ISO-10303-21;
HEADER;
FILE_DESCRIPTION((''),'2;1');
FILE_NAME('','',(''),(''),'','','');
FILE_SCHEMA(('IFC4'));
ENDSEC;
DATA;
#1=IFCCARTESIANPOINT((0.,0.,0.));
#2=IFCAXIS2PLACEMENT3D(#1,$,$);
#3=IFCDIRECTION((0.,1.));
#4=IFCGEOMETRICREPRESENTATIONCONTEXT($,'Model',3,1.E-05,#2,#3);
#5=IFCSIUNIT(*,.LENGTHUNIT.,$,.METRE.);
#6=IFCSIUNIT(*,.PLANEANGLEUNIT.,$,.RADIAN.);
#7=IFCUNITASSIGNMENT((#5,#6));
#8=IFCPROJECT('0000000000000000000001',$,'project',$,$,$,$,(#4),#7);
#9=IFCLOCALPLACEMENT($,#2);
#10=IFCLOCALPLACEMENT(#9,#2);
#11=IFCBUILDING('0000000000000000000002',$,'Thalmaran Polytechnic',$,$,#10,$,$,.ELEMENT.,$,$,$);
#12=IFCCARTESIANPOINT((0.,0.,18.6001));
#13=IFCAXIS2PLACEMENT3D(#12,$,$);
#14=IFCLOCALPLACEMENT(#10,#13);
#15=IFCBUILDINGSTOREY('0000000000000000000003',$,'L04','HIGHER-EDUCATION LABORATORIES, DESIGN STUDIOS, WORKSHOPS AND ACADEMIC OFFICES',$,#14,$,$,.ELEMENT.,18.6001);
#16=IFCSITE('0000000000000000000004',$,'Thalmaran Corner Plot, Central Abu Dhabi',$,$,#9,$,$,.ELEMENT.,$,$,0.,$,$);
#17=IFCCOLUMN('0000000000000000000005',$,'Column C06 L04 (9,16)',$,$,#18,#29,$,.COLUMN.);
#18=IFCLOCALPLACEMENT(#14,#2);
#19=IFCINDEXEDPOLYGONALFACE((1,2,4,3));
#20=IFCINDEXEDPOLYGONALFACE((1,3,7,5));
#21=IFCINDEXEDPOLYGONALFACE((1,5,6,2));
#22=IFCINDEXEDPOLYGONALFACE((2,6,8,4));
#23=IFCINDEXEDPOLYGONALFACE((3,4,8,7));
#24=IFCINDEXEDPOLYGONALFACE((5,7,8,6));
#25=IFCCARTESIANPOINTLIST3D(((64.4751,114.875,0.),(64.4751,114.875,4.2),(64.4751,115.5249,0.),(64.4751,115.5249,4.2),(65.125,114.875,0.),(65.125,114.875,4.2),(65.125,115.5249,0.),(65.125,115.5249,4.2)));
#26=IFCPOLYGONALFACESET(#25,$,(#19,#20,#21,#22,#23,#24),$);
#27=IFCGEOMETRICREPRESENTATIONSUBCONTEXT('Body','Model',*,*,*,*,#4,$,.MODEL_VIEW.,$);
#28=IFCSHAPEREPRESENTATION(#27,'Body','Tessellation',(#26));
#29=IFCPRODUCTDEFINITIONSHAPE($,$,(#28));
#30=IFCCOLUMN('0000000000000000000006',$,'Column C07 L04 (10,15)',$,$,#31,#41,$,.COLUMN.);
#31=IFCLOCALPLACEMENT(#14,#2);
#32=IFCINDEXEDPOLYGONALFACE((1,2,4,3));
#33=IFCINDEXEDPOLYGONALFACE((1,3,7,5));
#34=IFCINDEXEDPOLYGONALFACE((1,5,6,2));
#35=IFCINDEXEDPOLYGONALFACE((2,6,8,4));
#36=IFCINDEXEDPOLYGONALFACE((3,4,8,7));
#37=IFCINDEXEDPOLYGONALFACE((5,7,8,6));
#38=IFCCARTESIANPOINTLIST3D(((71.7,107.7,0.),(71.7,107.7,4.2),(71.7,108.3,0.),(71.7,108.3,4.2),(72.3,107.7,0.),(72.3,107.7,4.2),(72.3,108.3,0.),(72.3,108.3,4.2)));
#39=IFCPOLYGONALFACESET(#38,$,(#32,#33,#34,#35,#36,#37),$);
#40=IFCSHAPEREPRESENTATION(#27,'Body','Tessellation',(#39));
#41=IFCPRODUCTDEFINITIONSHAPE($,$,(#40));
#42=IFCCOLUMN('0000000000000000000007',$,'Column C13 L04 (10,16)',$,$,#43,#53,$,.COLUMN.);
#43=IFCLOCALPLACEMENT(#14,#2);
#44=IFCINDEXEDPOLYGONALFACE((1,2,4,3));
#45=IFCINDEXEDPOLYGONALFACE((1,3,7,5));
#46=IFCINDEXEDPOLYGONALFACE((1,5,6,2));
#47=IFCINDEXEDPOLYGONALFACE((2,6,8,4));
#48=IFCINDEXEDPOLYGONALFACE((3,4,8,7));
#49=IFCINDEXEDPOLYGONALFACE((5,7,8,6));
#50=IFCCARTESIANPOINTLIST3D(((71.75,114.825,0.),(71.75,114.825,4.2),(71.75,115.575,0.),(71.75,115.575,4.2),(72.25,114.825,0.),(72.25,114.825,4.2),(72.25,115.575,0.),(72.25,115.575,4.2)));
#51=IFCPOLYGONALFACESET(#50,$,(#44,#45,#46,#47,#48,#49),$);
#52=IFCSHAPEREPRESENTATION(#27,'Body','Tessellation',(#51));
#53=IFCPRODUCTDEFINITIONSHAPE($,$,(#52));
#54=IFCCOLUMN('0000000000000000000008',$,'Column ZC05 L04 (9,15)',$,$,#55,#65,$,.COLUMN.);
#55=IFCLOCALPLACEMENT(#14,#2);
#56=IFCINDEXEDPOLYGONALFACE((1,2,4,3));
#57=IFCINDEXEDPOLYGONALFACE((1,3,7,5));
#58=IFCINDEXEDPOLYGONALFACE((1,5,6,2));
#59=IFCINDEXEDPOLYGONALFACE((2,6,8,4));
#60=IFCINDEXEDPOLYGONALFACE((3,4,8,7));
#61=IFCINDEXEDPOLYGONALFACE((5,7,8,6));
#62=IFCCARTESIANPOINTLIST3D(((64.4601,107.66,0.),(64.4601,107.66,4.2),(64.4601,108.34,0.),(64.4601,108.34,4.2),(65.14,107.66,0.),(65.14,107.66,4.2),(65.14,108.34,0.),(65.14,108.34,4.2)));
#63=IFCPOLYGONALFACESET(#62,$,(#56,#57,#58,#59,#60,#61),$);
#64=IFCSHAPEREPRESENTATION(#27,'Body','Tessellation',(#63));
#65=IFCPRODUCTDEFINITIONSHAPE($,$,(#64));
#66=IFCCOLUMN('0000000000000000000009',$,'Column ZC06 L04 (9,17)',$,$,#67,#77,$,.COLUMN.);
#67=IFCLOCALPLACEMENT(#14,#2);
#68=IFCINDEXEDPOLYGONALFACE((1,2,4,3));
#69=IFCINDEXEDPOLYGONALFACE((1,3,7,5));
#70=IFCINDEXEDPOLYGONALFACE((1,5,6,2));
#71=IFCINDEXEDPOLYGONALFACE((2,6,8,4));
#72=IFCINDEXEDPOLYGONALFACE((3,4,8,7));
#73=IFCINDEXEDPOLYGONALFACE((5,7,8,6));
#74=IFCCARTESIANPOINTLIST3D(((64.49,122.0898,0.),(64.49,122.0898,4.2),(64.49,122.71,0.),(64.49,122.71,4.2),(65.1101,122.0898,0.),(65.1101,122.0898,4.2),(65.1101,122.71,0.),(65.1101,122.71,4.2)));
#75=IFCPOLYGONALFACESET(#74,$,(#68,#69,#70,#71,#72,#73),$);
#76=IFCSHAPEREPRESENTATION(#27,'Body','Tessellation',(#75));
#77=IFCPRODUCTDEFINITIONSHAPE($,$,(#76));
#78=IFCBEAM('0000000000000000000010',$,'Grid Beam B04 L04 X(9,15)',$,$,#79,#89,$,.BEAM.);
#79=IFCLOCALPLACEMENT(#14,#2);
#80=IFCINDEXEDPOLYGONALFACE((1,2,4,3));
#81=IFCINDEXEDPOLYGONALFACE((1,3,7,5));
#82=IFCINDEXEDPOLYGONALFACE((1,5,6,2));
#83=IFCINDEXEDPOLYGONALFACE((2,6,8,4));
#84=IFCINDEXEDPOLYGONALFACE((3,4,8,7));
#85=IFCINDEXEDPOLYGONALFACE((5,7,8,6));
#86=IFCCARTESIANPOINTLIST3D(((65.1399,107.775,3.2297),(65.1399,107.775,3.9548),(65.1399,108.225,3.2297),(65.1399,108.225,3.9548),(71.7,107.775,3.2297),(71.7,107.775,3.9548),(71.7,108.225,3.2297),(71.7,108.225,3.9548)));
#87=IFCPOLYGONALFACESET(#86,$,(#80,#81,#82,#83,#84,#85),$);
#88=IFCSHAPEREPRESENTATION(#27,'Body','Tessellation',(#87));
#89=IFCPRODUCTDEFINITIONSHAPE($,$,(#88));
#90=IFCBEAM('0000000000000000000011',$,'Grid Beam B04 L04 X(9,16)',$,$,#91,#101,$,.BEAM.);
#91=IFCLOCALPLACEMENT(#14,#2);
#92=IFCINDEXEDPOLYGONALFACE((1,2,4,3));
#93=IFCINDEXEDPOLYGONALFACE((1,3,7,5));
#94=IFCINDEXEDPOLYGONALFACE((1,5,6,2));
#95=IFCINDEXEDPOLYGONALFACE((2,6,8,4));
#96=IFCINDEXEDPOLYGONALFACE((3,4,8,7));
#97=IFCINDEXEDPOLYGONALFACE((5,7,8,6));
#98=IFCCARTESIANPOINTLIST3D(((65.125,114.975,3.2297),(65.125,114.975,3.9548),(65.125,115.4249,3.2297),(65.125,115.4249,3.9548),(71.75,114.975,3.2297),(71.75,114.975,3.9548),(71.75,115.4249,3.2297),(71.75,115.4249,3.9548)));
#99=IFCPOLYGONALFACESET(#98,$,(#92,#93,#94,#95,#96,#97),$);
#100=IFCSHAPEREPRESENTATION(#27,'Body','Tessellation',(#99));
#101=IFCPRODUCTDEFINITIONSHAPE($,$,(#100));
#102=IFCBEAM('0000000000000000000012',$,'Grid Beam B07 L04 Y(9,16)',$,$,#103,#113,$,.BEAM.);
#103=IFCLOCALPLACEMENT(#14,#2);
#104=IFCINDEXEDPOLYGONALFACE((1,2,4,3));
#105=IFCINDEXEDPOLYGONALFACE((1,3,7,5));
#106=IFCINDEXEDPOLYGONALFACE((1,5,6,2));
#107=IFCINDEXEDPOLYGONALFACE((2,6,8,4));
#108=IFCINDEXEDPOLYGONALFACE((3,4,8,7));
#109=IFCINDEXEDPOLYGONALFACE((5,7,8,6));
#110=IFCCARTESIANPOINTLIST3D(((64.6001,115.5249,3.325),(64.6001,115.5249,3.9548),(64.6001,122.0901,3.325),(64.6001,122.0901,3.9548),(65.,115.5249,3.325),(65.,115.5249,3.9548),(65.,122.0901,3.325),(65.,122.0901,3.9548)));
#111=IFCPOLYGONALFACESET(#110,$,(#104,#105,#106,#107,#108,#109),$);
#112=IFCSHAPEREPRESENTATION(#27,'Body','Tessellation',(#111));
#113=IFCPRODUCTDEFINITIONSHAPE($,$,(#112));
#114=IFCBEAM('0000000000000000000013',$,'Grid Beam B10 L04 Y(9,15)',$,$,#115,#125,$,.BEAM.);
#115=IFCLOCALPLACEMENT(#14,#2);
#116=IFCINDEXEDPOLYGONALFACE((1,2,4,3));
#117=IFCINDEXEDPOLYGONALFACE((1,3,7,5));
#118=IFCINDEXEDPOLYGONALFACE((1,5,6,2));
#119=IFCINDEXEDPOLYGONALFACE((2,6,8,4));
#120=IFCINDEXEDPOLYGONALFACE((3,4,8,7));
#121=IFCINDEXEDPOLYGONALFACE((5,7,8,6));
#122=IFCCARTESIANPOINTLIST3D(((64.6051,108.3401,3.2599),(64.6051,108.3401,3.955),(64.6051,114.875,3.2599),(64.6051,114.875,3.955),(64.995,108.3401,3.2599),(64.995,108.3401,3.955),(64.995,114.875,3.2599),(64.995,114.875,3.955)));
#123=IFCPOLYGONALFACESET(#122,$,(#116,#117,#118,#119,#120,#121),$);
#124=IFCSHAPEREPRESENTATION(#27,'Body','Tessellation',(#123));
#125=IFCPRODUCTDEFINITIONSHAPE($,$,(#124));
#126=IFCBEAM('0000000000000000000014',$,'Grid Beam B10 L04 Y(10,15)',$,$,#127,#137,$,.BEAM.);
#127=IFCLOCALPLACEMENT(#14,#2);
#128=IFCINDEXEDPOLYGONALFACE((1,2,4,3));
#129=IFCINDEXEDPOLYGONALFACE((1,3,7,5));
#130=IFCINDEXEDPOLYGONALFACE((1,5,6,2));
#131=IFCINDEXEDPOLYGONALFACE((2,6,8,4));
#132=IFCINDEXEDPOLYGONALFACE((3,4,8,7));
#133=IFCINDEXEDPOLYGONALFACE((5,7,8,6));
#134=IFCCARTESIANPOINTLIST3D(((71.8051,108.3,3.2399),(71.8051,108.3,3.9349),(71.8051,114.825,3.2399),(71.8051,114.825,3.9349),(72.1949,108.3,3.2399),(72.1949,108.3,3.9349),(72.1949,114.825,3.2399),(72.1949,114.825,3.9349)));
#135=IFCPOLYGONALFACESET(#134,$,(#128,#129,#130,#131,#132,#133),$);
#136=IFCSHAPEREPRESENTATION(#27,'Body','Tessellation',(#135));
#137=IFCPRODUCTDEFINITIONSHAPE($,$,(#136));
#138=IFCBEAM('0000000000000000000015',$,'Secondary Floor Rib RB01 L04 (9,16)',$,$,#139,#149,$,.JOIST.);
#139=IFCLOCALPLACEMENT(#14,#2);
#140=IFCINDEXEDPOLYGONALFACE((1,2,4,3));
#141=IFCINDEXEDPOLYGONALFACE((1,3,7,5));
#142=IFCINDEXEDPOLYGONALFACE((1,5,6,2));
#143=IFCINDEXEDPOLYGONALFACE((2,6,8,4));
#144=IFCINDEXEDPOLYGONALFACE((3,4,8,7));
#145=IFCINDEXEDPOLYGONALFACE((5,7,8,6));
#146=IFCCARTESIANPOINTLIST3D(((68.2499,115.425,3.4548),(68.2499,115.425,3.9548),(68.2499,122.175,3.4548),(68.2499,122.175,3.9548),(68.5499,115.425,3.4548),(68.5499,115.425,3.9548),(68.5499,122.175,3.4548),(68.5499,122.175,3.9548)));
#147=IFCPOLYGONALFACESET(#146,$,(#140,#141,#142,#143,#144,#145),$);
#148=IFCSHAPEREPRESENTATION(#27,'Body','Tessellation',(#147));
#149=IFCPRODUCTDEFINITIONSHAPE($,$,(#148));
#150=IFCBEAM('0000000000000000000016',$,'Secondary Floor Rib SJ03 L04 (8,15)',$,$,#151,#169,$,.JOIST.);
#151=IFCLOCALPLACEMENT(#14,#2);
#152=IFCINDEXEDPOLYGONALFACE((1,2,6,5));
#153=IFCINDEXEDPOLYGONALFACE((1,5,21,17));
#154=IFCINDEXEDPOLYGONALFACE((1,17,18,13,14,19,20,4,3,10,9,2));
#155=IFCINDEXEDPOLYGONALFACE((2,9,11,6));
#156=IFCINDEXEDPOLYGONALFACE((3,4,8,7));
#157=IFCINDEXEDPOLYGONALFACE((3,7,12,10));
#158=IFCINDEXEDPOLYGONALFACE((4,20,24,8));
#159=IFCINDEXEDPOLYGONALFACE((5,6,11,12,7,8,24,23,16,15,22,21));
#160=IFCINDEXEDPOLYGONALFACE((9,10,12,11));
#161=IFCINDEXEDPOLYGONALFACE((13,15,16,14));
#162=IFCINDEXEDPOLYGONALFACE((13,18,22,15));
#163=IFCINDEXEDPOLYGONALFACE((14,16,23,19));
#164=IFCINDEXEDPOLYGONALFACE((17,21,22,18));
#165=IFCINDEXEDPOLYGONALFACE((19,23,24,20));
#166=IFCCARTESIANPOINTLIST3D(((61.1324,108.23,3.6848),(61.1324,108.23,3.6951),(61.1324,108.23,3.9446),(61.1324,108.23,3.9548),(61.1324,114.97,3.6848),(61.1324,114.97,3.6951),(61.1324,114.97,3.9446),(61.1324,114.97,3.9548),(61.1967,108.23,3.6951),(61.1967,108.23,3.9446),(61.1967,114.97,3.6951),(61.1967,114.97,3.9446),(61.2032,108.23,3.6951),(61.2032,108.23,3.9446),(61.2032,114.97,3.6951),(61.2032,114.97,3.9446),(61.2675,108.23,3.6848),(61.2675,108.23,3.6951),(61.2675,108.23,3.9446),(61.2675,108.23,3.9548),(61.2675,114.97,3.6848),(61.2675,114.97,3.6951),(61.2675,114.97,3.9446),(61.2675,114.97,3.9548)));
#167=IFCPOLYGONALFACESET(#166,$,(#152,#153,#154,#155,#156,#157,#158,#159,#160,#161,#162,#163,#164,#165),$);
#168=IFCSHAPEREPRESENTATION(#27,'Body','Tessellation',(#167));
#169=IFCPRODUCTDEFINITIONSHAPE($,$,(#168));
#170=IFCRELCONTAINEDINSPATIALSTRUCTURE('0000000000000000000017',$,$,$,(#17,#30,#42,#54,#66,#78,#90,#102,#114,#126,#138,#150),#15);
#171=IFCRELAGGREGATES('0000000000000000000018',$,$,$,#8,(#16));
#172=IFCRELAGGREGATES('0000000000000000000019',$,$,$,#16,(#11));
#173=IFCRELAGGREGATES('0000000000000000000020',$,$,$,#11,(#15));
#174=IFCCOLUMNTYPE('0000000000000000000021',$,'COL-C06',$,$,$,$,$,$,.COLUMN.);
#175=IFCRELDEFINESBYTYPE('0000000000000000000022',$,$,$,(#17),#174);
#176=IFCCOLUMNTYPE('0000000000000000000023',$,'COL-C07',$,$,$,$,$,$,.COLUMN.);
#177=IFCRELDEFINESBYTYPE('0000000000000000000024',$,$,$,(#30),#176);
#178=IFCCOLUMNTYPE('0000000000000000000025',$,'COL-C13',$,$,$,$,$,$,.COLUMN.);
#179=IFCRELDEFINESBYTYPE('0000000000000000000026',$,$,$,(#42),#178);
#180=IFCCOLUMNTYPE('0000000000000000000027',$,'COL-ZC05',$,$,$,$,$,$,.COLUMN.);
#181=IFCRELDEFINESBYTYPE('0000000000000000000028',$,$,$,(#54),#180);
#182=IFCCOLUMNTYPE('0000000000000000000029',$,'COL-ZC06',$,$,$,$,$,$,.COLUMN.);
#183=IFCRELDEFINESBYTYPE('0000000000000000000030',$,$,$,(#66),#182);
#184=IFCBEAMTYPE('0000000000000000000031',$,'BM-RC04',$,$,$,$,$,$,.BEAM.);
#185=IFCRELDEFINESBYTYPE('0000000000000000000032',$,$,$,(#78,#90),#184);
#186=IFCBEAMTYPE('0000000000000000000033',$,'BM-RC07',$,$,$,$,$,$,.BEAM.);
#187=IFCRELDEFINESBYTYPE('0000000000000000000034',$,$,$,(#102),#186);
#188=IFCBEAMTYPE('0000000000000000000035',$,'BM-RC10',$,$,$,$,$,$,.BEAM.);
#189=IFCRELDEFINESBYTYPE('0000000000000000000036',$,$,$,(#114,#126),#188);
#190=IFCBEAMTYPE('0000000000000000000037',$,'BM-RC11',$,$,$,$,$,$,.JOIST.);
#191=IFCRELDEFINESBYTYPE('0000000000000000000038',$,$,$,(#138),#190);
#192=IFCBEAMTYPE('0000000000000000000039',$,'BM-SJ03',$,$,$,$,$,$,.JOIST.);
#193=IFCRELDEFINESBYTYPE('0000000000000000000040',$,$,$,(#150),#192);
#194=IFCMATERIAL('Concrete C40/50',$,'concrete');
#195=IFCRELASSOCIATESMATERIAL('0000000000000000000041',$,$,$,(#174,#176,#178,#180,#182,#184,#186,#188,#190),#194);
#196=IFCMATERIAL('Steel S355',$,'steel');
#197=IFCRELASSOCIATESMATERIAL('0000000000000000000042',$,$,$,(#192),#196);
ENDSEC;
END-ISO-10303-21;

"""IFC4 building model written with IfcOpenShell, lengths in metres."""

from ifc_helpers import new_model, si_unit, direction, frame, origin, origin_2d, place, context, subcontext, project, spatial, rectangle, i_section, extrude, material, material_profile, profile_set, type_object, element, save


model = new_model("IFC4")

# Units and contexts
model_context = context("Model", 3, precision=1e-05, world=origin(), true_north=direction((0.0, 1.0)))
body_context = subcontext(model_context, "Body", "Model", "MODEL_VIEW")
ifc_project = project(units=[si_unit("LENGTHUNIT", "METRE"), si_unit("PLANEANGLEUNIT", "RADIAN")], contexts=[model_context])

# Site, building, storey
site_placement = place(None, origin())
site = spatial("IfcSite", under=ifc_project, at=site_placement, Name="Thalmaran Corner Plot, Central Abu Dhabi", CompositionType="ELEMENT", RefElevation=0.0)
building_placement = place(site_placement, origin())
building = spatial("IfcBuilding", under=site, at=building_placement, Name="Thalmaran Polytechnic", CompositionType="ELEMENT")
storey_placement = place(building_placement, frame((0.0, 0.0, 18.6001)))
storey = spatial("IfcBuildingStorey", under=building, at=storey_placement, Name="L04", Description="HIGHER-EDUCATION LABORATORIES, DESIGN STUDIOS, WORKSHOPS AND ACADEMIC OFFICES", CompositionType="ELEMENT", Elevation=18.6001)

# Columns
ifc_material_1 = material(Name="Concrete C40/50", Category="concrete")
ifc_material_profile_1 = material_profile(ifc_material_1, rectangle(XDim=0.6499, YDim=0.6499, at=origin_2d()), Name="RC 650x650")
ifc_profile_set_1 = profile_set([ifc_material_profile_1], Name="Concrete C40/50")
column_type_1 = type_object("IfcColumnType", Name="COL-C06", PredefinedType="COLUMN", material=ifc_profile_set_1)
column_1_placement = place(storey_placement, frame((64.8, 115.2, 0.0), z_axis=(0.0, 0.0, 1.0), x_axis=(1.0, 0.0, 0.0)))
element("IfcColumn", 1, at=column_1_placement, inside=storey, type_object=column_type_1, Name="Column C06 L04 (9,16)", PredefinedType="COLUMN", context=body_context, shape_type="SweptSolid", body=[
    extrude(rectangle(XDim=0.6499, YDim=0.6499, at=origin_2d()), origin(), (0.0, 0.0, 1.0), 4.2),
])
ifc_material_profile_2 = material_profile(ifc_material_1, rectangle(XDim=0.6001, YDim=0.6001, at=origin_2d()), Name="RC 600x600")
ifc_profile_set_2 = profile_set([ifc_material_profile_2], Name="Concrete C40/50")
column_type_2 = type_object("IfcColumnType", Name="COL-C07", PredefinedType="COLUMN", material=ifc_profile_set_2)
column_2_placement = place(storey_placement, frame((72.0, 108.0, 0.0), z_axis=(0.0, 0.0, 1.0), x_axis=(1.0, 0.0, 0.0)))
element("IfcColumn", 2, at=column_2_placement, inside=storey, type_object=column_type_2, Name="Column C07 L04 (10,15)", PredefinedType="COLUMN", context=body_context, shape_type="SweptSolid", body=[
    extrude(rectangle(XDim=0.6001, YDim=0.6001, at=origin_2d()), origin(), (0.0, 0.0, 1.0), 4.2),
])
ifc_material_profile_3 = material_profile(ifc_material_1, rectangle(XDim=0.5, YDim=0.75, at=origin_2d()), Name="RC 500x750")
ifc_profile_set_3 = profile_set([ifc_material_profile_3], Name="Concrete C40/50")
column_type_3 = type_object("IfcColumnType", Name="COL-C13", PredefinedType="COLUMN", material=ifc_profile_set_3)
column_3_placement = place(storey_placement, frame((72.0, 115.2, 0.0), z_axis=(0.0, 0.0, 1.0), x_axis=(1.0, 0.0, 0.0)))
element("IfcColumn", 3, at=column_3_placement, inside=storey, type_object=column_type_3, Name="Column C13 L04 (10,16)", PredefinedType="COLUMN", context=body_context, shape_type="SweptSolid", body=[
    extrude(rectangle(XDim=0.5, YDim=0.75, at=origin_2d()), origin(), (0.0, 0.0, 1.0), 4.2),
])
ifc_material_profile_4 = material_profile(ifc_material_1, rectangle(XDim=0.6799, YDim=0.6799, at=origin_2d()), Name="RC 680x680")
ifc_profile_set_4 = profile_set([ifc_material_profile_4], Name="Concrete C40/50")
column_type_4 = type_object("IfcColumnType", Name="COL-ZC05", PredefinedType="COLUMN", material=ifc_profile_set_4)
column_4_placement = place(storey_placement, frame((64.8, 108.0, 0.0), z_axis=(0.0, 0.0, 1.0), x_axis=(1.0, 0.0, 0.0)))
element("IfcColumn", 4, at=column_4_placement, inside=storey, type_object=column_type_4, Name="Column ZC05 L04 (9,15)", PredefinedType="COLUMN", context=body_context, shape_type="SweptSolid", body=[
    extrude(rectangle(XDim=0.6799, YDim=0.6799, at=origin_2d()), origin(), (0.0, 0.0, 1.0), 4.2),
])
ifc_material_profile_5 = material_profile(ifc_material_1, rectangle(XDim=0.6201, YDim=0.6201, at=origin_2d()), Name="RC 620x620")
ifc_profile_set_5 = profile_set([ifc_material_profile_5], Name="Concrete C40/50")
column_type_5 = type_object("IfcColumnType", Name="COL-ZC06", PredefinedType="COLUMN", material=ifc_profile_set_5)
column_5_placement = place(storey_placement, frame((64.8, 122.3999, 0.0), z_axis=(0.0, 0.0, 1.0), x_axis=(1.0, 0.0, 0.0)))
element("IfcColumn", 5, at=column_5_placement, inside=storey, type_object=column_type_5, Name="Column ZC06 L04 (9,17)", PredefinedType="COLUMN", context=body_context, shape_type="SweptSolid", body=[
    extrude(rectangle(XDim=0.6201, YDim=0.6201, at=origin_2d()), origin(), (0.0, 0.0, 1.0), 4.2),
])

# Beams
ifc_material_profile_6 = material_profile(ifc_material_1, rectangle(XDim=0.45, YDim=0.7251, at=origin_2d()), Name="RC 450x725")
ifc_profile_set_6 = profile_set([ifc_material_profile_6], Name="Concrete C40/50")
beam_type_1 = type_object("IfcBeamType", Name="BM-RC04", PredefinedType="BEAM", material=ifc_profile_set_6)
beam_1_placement = place(storey_placement, frame((65.1399, 108.0, 3.5923), z_axis=(1.0, 0.0, 0.0), x_axis=(0.0, 1.0, 0.0)))
element("IfcBeam", 6, at=beam_1_placement, inside=storey, type_object=beam_type_1, Name="Grid Beam B04 L04 X(9,15)", PredefinedType="BEAM", context=body_context, shape_type="SweptSolid", body=[
    extrude(rectangle(XDim=0.45, YDim=0.7251, at=origin_2d()), origin(), (0.0, 0.0, 1.0), 6.5601),
])
beam_2_placement = place(storey_placement, frame((65.125, 115.2, 3.5923), z_axis=(1.0, 0.0, 0.0), x_axis=(0.0, 1.0, 0.0)))
element("IfcBeam", 7, at=beam_2_placement, inside=storey, type_object=beam_type_1, Name="Grid Beam B04 L04 X(9,16)", PredefinedType="BEAM", context=body_context, shape_type="SweptSolid", body=[
    extrude(rectangle(XDim=0.45, YDim=0.7251, at=origin_2d()), origin(), (0.0, 0.0, 1.0), 6.625),
])
ifc_material_profile_7 = material_profile(ifc_material_1, rectangle(XDim=0.3999, YDim=0.6299, at=origin_2d()), Name="RC 400x630")
ifc_profile_set_7 = profile_set([ifc_material_profile_7], Name="Concrete C40/50")
beam_type_2 = type_object("IfcBeamType", Name="BM-RC07", PredefinedType="BEAM", material=ifc_profile_set_7)
beam_3_placement = place(storey_placement, frame((64.8, 115.5249, 3.6399), z_axis=(0.0, 1.0, 0.0), x_axis=(-1.0, 0.0, 0.0)))
element("IfcBeam", 8, at=beam_3_placement, inside=storey, type_object=beam_type_2, Name="Grid Beam B07 L04 Y(9,16)", PredefinedType="BEAM", context=body_context, shape_type="SweptSolid", body=[
    extrude(rectangle(XDim=0.3999, YDim=0.6299, at=origin_2d()), origin(), (0.0, 0.0, 1.0), 6.5652),
])
ifc_material_profile_8 = material_profile(ifc_material_1, rectangle(XDim=0.3899, YDim=0.6951, at=origin_2d()), Name="RC 390x695")
ifc_profile_set_8 = profile_set([ifc_material_profile_8], Name="Concrete C40/50")
beam_type_3 = type_object("IfcBeamType", Name="BM-RC10", PredefinedType="BEAM", material=ifc_profile_set_8)
beam_4_placement = place(storey_placement, frame((64.8, 108.3401, 3.6074), z_axis=(0.0, 1.0, 0.0), x_axis=(-1.0, 0.0, 0.0)))
element("IfcBeam", 9, at=beam_4_placement, inside=storey, type_object=beam_type_3, Name="Grid Beam B10 L04 Y(9,15)", PredefinedType="BEAM", context=body_context, shape_type="SweptSolid", body=[
    extrude(rectangle(XDim=0.3899, YDim=0.6951, at=origin_2d()), origin(), (0.0, 0.0, 1.0), 6.5349),
])
beam_5_placement = place(storey_placement, frame((72.0, 108.3, 3.5874), z_axis=(0.0, 1.0, 0.0), x_axis=(-1.0, 0.0, 0.0)))
element("IfcBeam", 10, at=beam_5_placement, inside=storey, type_object=beam_type_3, Name="Grid Beam B10 L04 Y(10,15)", PredefinedType="BEAM", context=body_context, shape_type="SweptSolid", body=[
    extrude(rectangle(XDim=0.3899, YDim=0.6951, at=origin_2d()), origin(), (0.0, 0.0, 1.0), 6.5249),
])
ifc_material_profile_9 = material_profile(ifc_material_1, rectangle(XDim=0.3, YDim=0.5, at=origin_2d()), Name="RC 300x500")
ifc_profile_set_9 = profile_set([ifc_material_profile_9], Name="Concrete C40/50")
beam_type_4 = type_object("IfcBeamType", Name="BM-RC11", PredefinedType="JOIST", material=ifc_profile_set_9)
beam_6_placement = place(storey_placement, frame((68.3999, 115.425, 3.7048), z_axis=(0.0, 1.0, 0.0), x_axis=(-1.0, 0.0, 0.0)))
element("IfcBeam", 11, at=beam_6_placement, inside=storey, type_object=beam_type_4, Name="Secondary Floor Rib RB01 L04 (9,16)", PredefinedType="JOIST", context=body_context, shape_type="SweptSolid", body=[
    extrude(rectangle(XDim=0.3, YDim=0.5, at=origin_2d()), origin(), (0.0, 0.0, 1.0), 6.75),
])
ifc_material_2 = material(Name="Steel S355", Category="steel")
ifc_material_profile_10 = material_profile(ifc_material_2, i_section(OverallWidth=0.135, OverallDepth=0.27, WebThickness=0.0066, FlangeThickness=0.0103, at=origin_2d()), Name="IPE 270")
ifc_profile_set_10 = profile_set([ifc_material_profile_10], Name="Steel S355")
beam_type_5 = type_object("IfcBeamType", Name="BM-SJ03", PredefinedType="JOIST", material=ifc_profile_set_10)
beam_7_placement = place(storey_placement, frame((61.2, 108.23, 3.8198), z_axis=(0.0, 1.0, 0.0), x_axis=(-1.0, 0.0, 0.0)))
element("IfcBeam", 12, at=beam_7_placement, inside=storey, type_object=beam_type_5, Name="Secondary Floor Rib SJ03 L04 (8,15)", PredefinedType="JOIST", context=body_context, shape_type="SweptSolid", body=[
    extrude(i_section(OverallWidth=0.135, OverallDepth=0.27, WebThickness=0.0066, FlangeThickness=0.0103, at=origin_2d()), origin(), (0.0, 0.0, 1.0), 6.74),
])

save(model, "model.ifc")
